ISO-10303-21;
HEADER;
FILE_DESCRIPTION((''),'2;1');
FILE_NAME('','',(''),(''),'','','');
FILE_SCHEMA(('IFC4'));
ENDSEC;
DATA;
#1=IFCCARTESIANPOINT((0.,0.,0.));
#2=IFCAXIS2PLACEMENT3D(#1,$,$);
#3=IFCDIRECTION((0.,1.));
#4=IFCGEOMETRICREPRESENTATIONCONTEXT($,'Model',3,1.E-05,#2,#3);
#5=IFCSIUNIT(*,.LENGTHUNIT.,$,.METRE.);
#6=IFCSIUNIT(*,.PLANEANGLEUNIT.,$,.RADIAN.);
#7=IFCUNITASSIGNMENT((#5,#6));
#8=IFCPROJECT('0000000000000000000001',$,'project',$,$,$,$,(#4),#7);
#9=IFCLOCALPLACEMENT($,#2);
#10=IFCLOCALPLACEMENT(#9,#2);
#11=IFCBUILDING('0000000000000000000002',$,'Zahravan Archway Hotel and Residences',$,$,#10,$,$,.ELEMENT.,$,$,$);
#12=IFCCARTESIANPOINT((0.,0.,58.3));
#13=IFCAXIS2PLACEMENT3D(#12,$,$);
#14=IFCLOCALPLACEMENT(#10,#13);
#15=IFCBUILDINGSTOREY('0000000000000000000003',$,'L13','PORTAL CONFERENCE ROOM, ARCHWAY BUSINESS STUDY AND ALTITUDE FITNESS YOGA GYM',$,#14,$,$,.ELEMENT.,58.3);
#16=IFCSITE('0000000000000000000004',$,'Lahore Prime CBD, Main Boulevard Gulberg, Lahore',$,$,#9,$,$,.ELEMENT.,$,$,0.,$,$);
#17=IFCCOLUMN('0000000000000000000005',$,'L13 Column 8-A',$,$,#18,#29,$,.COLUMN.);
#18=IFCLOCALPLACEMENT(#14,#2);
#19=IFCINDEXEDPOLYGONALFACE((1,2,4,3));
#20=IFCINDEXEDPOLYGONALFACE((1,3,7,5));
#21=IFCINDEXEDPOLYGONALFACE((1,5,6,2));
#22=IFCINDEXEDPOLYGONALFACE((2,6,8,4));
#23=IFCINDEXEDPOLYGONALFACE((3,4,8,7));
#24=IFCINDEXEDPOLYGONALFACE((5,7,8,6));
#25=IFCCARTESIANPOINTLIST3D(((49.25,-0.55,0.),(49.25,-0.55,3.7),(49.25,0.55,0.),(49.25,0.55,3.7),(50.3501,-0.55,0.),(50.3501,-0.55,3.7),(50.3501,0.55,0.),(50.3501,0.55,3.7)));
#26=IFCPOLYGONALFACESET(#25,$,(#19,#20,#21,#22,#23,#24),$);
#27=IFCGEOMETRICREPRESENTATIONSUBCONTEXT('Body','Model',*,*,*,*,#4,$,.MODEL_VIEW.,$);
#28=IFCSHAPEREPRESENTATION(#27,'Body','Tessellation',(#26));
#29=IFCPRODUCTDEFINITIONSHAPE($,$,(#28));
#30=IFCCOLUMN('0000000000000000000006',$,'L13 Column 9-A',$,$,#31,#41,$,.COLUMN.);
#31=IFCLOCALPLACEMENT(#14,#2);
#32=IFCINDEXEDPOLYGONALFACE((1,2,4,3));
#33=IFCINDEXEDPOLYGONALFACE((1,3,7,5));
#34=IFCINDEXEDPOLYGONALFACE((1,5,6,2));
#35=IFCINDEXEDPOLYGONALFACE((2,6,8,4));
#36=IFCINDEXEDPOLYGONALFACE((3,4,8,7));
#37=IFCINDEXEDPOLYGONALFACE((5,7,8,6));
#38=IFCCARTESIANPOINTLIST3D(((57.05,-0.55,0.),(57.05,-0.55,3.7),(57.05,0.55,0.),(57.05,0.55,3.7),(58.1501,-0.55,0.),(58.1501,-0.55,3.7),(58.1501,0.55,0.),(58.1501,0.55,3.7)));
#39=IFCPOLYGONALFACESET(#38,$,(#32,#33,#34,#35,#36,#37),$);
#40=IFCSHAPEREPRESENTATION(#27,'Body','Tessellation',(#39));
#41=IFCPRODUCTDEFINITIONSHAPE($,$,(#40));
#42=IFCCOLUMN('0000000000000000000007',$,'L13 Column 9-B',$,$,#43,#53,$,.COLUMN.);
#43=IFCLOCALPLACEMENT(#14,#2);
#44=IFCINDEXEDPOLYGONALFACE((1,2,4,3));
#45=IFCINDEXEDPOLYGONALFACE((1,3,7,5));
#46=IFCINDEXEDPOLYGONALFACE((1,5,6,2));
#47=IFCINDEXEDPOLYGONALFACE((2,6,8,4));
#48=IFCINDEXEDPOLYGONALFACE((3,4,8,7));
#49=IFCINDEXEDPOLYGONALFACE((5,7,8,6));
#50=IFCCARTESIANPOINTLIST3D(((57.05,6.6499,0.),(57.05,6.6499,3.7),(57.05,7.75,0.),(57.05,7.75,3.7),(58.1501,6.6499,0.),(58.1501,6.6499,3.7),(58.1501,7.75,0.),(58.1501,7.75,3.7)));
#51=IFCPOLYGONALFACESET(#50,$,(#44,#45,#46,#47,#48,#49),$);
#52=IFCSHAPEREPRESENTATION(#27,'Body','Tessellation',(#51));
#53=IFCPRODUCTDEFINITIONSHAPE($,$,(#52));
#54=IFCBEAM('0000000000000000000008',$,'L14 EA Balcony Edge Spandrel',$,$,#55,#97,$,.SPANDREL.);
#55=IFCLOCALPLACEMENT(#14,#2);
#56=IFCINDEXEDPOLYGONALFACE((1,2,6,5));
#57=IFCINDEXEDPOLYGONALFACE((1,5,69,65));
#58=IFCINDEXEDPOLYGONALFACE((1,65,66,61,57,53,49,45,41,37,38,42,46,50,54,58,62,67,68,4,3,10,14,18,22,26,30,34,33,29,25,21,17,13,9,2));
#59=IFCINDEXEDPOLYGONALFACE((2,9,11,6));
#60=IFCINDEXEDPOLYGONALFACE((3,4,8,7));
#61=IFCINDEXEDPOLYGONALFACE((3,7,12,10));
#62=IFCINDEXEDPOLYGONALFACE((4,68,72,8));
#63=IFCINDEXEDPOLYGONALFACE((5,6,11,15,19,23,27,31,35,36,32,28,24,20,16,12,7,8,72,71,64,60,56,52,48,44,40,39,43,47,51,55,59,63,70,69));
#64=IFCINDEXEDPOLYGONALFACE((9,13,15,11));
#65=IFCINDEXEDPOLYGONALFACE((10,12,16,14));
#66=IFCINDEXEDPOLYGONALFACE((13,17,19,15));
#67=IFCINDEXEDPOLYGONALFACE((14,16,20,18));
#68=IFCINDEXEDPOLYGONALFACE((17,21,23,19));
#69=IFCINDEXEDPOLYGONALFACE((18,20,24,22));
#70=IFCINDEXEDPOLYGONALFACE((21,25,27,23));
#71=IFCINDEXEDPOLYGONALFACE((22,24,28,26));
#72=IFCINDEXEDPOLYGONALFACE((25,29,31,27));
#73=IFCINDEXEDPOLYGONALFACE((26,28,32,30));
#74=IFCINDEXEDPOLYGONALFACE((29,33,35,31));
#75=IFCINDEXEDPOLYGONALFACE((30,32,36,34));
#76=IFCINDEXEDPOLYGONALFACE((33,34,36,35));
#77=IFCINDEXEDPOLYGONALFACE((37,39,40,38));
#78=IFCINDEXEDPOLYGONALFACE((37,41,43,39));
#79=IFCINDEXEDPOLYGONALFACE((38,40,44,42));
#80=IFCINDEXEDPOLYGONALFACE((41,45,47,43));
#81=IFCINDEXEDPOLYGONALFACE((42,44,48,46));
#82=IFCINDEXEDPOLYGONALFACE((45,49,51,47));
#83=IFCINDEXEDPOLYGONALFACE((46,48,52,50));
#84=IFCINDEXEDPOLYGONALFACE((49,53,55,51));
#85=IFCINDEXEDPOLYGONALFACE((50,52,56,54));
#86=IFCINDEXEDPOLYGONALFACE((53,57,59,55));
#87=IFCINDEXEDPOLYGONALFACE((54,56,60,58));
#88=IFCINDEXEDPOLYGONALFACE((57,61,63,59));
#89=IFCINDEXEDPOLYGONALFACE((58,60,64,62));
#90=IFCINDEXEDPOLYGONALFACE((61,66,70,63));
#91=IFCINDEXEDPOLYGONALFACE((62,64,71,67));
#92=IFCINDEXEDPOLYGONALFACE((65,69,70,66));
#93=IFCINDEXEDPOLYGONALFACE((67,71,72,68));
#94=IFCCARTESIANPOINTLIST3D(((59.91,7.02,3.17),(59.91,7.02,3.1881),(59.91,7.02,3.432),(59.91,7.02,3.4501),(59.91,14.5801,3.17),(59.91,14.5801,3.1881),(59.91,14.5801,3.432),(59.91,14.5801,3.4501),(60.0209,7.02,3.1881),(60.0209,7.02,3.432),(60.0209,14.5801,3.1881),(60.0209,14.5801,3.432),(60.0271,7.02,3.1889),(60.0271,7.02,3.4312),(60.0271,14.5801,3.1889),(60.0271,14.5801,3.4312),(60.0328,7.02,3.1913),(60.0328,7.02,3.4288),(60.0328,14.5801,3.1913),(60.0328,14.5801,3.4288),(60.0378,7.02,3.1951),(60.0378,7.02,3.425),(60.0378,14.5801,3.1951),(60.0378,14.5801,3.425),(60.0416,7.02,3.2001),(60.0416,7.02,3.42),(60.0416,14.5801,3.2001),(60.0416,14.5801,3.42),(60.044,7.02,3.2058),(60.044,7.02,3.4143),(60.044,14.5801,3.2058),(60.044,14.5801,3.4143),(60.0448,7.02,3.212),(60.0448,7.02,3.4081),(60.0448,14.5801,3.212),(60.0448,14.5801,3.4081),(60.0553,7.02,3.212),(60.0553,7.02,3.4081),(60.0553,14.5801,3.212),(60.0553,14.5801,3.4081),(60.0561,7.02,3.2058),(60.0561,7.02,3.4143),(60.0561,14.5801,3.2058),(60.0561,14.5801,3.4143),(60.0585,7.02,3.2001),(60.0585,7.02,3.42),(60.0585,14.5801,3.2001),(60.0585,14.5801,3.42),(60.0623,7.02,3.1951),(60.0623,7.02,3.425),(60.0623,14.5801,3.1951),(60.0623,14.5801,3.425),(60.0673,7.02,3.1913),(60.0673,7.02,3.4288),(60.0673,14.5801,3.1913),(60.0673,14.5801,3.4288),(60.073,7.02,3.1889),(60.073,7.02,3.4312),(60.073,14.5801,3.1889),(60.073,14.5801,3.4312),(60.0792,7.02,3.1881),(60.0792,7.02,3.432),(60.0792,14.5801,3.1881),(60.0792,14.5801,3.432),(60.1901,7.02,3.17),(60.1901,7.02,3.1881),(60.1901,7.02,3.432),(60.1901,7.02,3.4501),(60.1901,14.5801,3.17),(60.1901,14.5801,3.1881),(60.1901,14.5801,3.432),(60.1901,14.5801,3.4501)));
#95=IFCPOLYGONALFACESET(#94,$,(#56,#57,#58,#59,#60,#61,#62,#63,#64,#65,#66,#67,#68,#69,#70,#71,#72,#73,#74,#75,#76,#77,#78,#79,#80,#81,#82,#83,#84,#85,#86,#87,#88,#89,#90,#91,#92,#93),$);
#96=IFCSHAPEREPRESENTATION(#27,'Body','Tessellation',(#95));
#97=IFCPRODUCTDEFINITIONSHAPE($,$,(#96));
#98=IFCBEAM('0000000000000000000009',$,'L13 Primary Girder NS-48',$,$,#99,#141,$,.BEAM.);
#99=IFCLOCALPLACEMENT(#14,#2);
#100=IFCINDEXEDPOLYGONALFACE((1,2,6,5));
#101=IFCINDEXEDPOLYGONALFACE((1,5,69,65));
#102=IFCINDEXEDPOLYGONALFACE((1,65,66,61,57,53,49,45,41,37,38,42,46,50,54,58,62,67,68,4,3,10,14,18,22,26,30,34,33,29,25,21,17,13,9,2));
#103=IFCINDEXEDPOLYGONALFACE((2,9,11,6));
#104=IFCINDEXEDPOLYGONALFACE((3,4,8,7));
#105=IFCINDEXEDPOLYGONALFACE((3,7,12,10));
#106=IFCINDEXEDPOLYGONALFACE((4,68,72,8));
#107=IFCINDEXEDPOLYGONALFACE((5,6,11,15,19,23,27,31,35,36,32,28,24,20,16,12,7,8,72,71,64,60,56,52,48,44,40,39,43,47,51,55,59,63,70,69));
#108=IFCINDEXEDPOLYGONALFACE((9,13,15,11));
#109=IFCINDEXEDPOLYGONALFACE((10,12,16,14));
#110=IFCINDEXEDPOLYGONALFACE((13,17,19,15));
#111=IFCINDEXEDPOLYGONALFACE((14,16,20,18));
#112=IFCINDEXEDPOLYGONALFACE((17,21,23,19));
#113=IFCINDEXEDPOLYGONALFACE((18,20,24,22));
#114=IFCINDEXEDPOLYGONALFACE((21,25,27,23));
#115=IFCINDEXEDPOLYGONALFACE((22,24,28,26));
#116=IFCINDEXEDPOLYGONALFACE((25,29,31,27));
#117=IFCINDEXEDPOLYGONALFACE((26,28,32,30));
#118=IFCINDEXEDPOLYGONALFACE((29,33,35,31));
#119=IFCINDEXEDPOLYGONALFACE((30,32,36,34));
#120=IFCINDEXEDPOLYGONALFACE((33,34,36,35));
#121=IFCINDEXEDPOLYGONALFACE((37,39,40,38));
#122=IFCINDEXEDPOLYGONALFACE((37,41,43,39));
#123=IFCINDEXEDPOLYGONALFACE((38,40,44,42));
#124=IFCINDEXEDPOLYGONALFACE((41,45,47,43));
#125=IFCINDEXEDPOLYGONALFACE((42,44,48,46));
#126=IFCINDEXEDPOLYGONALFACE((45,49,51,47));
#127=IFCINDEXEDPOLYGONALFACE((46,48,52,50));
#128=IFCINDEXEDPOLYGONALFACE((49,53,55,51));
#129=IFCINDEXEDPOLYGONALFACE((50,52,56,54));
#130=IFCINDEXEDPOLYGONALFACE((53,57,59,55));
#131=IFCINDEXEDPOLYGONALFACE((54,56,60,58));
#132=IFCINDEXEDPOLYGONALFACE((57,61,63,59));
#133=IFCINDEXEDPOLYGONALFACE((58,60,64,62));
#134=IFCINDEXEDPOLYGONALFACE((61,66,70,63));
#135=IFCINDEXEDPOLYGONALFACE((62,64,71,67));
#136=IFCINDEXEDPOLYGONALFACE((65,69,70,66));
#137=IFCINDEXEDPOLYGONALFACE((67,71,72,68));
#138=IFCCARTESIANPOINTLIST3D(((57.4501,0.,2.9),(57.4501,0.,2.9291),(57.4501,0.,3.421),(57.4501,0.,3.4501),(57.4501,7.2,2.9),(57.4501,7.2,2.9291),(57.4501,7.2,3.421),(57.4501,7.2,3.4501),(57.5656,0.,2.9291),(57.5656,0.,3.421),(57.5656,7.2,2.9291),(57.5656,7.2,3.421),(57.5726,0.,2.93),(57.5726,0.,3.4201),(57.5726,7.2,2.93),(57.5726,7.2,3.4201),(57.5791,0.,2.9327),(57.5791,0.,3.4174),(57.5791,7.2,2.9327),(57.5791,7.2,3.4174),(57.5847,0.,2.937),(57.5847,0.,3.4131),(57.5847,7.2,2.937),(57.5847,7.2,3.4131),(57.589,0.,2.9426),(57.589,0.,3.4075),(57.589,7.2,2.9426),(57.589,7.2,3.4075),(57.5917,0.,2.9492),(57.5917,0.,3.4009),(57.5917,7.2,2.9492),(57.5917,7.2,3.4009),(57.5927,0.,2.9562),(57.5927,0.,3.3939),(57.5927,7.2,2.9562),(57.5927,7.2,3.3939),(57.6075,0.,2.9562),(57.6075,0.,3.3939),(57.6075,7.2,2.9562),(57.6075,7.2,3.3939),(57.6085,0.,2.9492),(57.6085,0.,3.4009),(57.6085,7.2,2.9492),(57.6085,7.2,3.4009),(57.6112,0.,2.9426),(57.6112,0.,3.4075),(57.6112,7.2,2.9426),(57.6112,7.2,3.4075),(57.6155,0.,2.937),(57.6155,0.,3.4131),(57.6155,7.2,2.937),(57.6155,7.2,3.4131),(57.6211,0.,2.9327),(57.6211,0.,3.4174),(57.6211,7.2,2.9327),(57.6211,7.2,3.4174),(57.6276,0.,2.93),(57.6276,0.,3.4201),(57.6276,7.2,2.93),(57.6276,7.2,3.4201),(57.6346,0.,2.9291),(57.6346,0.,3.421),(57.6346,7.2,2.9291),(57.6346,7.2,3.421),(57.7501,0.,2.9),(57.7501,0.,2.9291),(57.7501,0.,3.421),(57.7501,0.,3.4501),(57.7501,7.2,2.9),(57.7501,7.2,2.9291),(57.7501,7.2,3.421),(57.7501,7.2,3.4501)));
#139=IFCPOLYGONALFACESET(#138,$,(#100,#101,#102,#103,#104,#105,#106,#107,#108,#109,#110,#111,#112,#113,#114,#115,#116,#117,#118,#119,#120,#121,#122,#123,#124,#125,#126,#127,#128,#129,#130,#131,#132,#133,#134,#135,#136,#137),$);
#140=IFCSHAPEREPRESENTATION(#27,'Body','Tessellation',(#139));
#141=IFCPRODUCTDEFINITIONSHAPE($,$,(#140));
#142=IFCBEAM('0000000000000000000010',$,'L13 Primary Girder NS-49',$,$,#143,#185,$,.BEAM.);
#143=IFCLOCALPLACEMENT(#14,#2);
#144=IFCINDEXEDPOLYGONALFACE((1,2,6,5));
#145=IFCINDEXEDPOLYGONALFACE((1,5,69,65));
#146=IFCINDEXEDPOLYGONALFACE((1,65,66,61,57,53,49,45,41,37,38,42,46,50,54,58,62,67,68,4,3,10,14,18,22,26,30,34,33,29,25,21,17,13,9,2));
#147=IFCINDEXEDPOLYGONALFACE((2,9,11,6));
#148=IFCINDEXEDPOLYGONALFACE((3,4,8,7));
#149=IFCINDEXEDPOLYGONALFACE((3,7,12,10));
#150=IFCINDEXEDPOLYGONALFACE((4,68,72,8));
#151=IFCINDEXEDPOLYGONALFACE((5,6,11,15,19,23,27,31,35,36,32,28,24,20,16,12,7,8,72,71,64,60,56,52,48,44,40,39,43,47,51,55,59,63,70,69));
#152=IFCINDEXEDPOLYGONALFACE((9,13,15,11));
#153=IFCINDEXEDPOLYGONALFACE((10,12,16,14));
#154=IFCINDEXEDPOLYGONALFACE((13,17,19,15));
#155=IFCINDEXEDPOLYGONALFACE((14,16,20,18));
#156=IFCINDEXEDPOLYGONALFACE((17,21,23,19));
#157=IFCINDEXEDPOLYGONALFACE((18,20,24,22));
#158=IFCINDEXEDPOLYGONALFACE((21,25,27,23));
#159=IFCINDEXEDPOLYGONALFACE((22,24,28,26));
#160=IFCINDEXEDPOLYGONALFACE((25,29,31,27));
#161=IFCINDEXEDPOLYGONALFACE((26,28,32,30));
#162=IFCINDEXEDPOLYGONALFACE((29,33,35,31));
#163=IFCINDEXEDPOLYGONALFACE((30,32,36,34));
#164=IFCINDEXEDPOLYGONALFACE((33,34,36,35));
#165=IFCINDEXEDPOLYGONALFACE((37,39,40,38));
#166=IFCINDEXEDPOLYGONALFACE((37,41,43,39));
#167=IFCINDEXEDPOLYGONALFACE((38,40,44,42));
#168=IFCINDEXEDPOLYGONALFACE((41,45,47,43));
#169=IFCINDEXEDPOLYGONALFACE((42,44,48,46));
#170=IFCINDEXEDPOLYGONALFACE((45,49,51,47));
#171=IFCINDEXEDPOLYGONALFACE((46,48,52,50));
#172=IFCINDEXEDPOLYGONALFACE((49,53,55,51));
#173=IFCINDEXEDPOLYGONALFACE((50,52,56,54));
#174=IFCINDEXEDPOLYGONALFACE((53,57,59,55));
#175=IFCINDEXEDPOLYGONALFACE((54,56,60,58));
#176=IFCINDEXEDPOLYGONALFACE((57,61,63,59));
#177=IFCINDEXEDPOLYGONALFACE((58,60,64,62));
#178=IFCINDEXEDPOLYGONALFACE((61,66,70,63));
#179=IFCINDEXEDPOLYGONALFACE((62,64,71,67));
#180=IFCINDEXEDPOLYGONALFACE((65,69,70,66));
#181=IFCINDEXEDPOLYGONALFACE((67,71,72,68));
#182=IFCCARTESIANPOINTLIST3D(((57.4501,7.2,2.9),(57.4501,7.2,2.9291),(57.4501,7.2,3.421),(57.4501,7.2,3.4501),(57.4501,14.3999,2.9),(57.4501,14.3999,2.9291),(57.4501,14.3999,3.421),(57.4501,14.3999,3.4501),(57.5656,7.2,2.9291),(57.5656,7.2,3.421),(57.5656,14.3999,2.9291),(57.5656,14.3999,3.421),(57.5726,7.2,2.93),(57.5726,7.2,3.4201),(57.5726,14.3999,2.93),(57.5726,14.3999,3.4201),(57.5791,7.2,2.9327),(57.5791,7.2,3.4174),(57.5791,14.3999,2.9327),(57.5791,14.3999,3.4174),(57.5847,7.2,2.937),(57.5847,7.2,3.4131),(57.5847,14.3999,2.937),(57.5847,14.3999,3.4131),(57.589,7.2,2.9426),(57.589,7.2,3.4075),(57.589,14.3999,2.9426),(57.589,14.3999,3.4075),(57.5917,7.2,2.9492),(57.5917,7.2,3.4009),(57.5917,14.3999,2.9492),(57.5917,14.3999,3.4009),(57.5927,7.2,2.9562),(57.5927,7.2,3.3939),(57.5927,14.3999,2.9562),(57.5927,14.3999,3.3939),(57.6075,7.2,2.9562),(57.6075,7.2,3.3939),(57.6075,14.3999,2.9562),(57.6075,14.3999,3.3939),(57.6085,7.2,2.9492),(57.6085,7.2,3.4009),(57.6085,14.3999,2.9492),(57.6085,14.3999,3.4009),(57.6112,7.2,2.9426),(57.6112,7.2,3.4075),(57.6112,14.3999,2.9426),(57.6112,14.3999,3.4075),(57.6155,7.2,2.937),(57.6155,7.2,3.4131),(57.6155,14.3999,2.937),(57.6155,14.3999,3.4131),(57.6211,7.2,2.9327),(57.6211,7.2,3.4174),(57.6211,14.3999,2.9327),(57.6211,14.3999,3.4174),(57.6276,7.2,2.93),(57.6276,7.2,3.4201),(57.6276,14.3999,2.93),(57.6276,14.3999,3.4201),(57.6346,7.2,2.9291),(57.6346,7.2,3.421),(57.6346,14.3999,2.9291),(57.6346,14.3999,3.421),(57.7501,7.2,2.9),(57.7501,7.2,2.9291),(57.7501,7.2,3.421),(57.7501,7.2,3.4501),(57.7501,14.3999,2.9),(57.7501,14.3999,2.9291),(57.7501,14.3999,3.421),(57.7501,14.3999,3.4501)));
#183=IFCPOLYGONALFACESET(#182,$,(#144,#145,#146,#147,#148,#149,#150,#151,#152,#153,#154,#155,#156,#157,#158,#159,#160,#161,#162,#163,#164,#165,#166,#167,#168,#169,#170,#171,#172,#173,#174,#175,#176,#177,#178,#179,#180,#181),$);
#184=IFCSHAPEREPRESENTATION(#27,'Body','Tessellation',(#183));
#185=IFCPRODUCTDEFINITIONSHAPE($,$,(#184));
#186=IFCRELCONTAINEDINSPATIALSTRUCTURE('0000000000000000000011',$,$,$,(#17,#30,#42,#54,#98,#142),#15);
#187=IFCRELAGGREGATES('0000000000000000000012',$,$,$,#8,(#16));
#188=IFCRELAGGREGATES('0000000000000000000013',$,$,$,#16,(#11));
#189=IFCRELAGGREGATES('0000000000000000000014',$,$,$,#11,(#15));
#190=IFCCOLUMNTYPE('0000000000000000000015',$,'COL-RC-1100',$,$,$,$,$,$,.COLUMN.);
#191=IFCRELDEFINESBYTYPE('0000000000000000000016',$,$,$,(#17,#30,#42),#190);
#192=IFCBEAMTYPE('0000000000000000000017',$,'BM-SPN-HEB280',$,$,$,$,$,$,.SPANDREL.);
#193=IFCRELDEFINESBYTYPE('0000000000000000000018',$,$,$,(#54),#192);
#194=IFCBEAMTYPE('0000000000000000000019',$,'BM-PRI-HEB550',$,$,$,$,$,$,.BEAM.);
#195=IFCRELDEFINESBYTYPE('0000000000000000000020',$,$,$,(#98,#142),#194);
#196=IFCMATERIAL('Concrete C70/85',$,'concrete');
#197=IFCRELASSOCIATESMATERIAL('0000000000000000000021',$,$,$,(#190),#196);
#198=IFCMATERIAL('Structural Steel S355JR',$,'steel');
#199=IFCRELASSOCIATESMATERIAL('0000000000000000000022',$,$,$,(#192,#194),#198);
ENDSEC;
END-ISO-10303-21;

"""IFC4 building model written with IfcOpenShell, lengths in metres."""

from ifc_helpers import new_model, si_unit, direction, frame, origin, origin_2d, place, context, subcontext, project, spatial, rectangle, i_section, extrude, source, transform, mapped, material, material_profile, profile_set, type_object, type_shapes, element, save


model = new_model("IFC4")

# Units and contexts
model_context = context("Model", 3, precision=1e-05, world=origin(), true_north=direction((0.0, 1.0)))
body_context = subcontext(model_context, "Body", "Model", "MODEL_VIEW")
ifc_project = project(units=[si_unit("LENGTHUNIT", "METRE"), si_unit("PLANEANGLEUNIT", "RADIAN")], contexts=[model_context])

# Site, building, storey
site_placement = place(None, origin())
site = spatial("IfcSite", under=ifc_project, at=site_placement, Name="Lahore Prime CBD, Main Boulevard Gulberg, Lahore", CompositionType="ELEMENT", RefElevation=0.0)
building_placement = place(site_placement, origin())
building = spatial("IfcBuilding", under=site, at=building_placement, Name="Zahravan Archway Hotel and Residences", CompositionType="ELEMENT")
storey_placement = place(building_placement, frame((0.0, 0.0, 58.3)))
storey = spatial("IfcBuildingStorey", under=building, at=storey_placement, Name="L13", Description="PORTAL CONFERENCE ROOM, ARCHWAY BUSINESS STUDY AND ALTITUDE FITNESS YOGA GYM", CompositionType="ELEMENT", Elevation=58.3)

# Columns
ifc_material_1 = material(Name="Concrete C70/85", Category="concrete")
ifc_material_profile_1 = material_profile(ifc_material_1, rectangle(XDim=1.1001, YDim=1.1001, at=origin_2d()), Name="RC 1100x1100", Category="concrete")
ifc_profile_set_1 = profile_set([ifc_material_profile_1], Name="Concrete C70/85")
column_type = type_object("IfcColumnType", Name="COL-RC-1100", PredefinedType="COLUMN", material=ifc_profile_set_1)
shared_shape_1 = source(origin(), body_context, "Body", "SweptSolid", [
    extrude(rectangle(XDim=1.1001, YDim=1.1001, at=origin_2d()), origin(), (0.0, 0.0, 1.0), 3.7),
])
for number, where, z_axis, x_axis, name in (
    (1, (49.8, 0.0, 0.0), (0.0, 0.0, 1.0), (1.0, 0.0, 0.0), "L13 Column 8-A"),
    (2, (57.6001, 0.0, 0.0), (0.0, 0.0, 1.0), (1.0, 0.0, 0.0), "L13 Column 9-A"),
    (3, (57.6001, 7.2, 0.0), (0.0, 0.0, 1.0), (1.0, 0.0, 0.0), "L13 Column 9-B"),
):
    element("IfcColumn", number, at=place(storey_placement, frame(where, z_axis=z_axis, x_axis=x_axis)), inside=storey, type_object=column_type, Name=name, PredefinedType="COLUMN", context=body_context, shape_type="MappedRepresentation", body=[
        mapped(shared_shape_1, transform((0.0, 0.0, 0.0), scale=1.0)),
    ])

# Beams
ifc_material_2 = material(Name="Structural Steel S355JR", Category="steel")
ifc_material_profile_2 = material_profile(ifc_material_2, i_section(OverallWidth=0.28, OverallDepth=0.28, WebThickness=0.0105, FlangeThickness=0.0181, FilletRadius=0.0239, at=origin_2d()), Name="HEB 280", Category="steel")
ifc_profile_set_2 = profile_set([ifc_material_profile_2], Name="Structural Steel S355JR")
beam_type_1 = type_object("IfcBeamType", Name="BM-SPN-HEB280", PredefinedType="SPANDREL", material=ifc_profile_set_2)
shared_shape_2 = source(origin(), body_context, "Body", "SweptSolid", [
    extrude(i_section(OverallWidth=0.28, OverallDepth=0.28, WebThickness=0.0105, FlangeThickness=0.0181, FilletRadius=0.0239, at=origin_2d()), origin(), (0.0, 0.0, 1.0), 7.5601),
])
type_shapes(beam_type_1, [shared_shape_2])
beam_1_placement = place(storey_placement, frame((60.05, 7.02, 3.3101), z_axis=(0.0, 1.0, 0.0), x_axis=(-1.0, 0.0, 0.0)))
element("IfcBeam", 4, at=beam_1_placement, inside=storey, type_object=beam_type_1, Name="L14 EA Balcony Edge Spandrel", PredefinedType="SPANDREL", context=body_context, shape_type="MappedRepresentation", body=[
    mapped(shared_shape_2, transform((0.0, 0.0, 0.0), scale=1.0)),
])
ifc_material_profile_3 = material_profile(ifc_material_2, i_section(OverallWidth=0.3, OverallDepth=0.55, WebThickness=0.0149, FlangeThickness=0.0291, FilletRadius=0.0271, at=origin_2d()), Name="HEB 550", Category="steel")
ifc_profile_set_3 = profile_set([ifc_material_profile_3], Name="Structural Steel S355JR")
beam_type_2 = type_object("IfcBeamType", Name="BM-PRI-HEB550", PredefinedType="BEAM", material=ifc_profile_set_3)
shared_shape_3 = source(origin(), body_context, "Body", "SweptSolid", [
    extrude(i_section(OverallWidth=0.3, OverallDepth=0.55, WebThickness=0.0149, FlangeThickness=0.0291, FilletRadius=0.0271, at=origin_2d()), origin(), (0.0, 0.0, 1.0), 7.2),
])
for number, where, z_axis, x_axis, name in (
    (5, (57.6001, 0.0, 3.175), (0.0, 1.0, 0.0), (-1.0, 0.0, 0.0), "L13 Primary Girder NS-48"),
    (6, (57.6001, 7.2, 3.175), (0.0, 1.0, 0.0), (-1.0, 0.0, 0.0), "L13 Primary Girder NS-49"),
):
    element("IfcBeam", number, at=place(storey_placement, frame(where, z_axis=z_axis, x_axis=x_axis)), inside=storey, type_object=beam_type_2, Name=name, PredefinedType="BEAM", context=body_context, shape_type="MappedRepresentation", body=[
        mapped(shared_shape_3, transform((0.0, 0.0, 0.0), scale=1.0)),
    ])

save(model, "model.ifc")
